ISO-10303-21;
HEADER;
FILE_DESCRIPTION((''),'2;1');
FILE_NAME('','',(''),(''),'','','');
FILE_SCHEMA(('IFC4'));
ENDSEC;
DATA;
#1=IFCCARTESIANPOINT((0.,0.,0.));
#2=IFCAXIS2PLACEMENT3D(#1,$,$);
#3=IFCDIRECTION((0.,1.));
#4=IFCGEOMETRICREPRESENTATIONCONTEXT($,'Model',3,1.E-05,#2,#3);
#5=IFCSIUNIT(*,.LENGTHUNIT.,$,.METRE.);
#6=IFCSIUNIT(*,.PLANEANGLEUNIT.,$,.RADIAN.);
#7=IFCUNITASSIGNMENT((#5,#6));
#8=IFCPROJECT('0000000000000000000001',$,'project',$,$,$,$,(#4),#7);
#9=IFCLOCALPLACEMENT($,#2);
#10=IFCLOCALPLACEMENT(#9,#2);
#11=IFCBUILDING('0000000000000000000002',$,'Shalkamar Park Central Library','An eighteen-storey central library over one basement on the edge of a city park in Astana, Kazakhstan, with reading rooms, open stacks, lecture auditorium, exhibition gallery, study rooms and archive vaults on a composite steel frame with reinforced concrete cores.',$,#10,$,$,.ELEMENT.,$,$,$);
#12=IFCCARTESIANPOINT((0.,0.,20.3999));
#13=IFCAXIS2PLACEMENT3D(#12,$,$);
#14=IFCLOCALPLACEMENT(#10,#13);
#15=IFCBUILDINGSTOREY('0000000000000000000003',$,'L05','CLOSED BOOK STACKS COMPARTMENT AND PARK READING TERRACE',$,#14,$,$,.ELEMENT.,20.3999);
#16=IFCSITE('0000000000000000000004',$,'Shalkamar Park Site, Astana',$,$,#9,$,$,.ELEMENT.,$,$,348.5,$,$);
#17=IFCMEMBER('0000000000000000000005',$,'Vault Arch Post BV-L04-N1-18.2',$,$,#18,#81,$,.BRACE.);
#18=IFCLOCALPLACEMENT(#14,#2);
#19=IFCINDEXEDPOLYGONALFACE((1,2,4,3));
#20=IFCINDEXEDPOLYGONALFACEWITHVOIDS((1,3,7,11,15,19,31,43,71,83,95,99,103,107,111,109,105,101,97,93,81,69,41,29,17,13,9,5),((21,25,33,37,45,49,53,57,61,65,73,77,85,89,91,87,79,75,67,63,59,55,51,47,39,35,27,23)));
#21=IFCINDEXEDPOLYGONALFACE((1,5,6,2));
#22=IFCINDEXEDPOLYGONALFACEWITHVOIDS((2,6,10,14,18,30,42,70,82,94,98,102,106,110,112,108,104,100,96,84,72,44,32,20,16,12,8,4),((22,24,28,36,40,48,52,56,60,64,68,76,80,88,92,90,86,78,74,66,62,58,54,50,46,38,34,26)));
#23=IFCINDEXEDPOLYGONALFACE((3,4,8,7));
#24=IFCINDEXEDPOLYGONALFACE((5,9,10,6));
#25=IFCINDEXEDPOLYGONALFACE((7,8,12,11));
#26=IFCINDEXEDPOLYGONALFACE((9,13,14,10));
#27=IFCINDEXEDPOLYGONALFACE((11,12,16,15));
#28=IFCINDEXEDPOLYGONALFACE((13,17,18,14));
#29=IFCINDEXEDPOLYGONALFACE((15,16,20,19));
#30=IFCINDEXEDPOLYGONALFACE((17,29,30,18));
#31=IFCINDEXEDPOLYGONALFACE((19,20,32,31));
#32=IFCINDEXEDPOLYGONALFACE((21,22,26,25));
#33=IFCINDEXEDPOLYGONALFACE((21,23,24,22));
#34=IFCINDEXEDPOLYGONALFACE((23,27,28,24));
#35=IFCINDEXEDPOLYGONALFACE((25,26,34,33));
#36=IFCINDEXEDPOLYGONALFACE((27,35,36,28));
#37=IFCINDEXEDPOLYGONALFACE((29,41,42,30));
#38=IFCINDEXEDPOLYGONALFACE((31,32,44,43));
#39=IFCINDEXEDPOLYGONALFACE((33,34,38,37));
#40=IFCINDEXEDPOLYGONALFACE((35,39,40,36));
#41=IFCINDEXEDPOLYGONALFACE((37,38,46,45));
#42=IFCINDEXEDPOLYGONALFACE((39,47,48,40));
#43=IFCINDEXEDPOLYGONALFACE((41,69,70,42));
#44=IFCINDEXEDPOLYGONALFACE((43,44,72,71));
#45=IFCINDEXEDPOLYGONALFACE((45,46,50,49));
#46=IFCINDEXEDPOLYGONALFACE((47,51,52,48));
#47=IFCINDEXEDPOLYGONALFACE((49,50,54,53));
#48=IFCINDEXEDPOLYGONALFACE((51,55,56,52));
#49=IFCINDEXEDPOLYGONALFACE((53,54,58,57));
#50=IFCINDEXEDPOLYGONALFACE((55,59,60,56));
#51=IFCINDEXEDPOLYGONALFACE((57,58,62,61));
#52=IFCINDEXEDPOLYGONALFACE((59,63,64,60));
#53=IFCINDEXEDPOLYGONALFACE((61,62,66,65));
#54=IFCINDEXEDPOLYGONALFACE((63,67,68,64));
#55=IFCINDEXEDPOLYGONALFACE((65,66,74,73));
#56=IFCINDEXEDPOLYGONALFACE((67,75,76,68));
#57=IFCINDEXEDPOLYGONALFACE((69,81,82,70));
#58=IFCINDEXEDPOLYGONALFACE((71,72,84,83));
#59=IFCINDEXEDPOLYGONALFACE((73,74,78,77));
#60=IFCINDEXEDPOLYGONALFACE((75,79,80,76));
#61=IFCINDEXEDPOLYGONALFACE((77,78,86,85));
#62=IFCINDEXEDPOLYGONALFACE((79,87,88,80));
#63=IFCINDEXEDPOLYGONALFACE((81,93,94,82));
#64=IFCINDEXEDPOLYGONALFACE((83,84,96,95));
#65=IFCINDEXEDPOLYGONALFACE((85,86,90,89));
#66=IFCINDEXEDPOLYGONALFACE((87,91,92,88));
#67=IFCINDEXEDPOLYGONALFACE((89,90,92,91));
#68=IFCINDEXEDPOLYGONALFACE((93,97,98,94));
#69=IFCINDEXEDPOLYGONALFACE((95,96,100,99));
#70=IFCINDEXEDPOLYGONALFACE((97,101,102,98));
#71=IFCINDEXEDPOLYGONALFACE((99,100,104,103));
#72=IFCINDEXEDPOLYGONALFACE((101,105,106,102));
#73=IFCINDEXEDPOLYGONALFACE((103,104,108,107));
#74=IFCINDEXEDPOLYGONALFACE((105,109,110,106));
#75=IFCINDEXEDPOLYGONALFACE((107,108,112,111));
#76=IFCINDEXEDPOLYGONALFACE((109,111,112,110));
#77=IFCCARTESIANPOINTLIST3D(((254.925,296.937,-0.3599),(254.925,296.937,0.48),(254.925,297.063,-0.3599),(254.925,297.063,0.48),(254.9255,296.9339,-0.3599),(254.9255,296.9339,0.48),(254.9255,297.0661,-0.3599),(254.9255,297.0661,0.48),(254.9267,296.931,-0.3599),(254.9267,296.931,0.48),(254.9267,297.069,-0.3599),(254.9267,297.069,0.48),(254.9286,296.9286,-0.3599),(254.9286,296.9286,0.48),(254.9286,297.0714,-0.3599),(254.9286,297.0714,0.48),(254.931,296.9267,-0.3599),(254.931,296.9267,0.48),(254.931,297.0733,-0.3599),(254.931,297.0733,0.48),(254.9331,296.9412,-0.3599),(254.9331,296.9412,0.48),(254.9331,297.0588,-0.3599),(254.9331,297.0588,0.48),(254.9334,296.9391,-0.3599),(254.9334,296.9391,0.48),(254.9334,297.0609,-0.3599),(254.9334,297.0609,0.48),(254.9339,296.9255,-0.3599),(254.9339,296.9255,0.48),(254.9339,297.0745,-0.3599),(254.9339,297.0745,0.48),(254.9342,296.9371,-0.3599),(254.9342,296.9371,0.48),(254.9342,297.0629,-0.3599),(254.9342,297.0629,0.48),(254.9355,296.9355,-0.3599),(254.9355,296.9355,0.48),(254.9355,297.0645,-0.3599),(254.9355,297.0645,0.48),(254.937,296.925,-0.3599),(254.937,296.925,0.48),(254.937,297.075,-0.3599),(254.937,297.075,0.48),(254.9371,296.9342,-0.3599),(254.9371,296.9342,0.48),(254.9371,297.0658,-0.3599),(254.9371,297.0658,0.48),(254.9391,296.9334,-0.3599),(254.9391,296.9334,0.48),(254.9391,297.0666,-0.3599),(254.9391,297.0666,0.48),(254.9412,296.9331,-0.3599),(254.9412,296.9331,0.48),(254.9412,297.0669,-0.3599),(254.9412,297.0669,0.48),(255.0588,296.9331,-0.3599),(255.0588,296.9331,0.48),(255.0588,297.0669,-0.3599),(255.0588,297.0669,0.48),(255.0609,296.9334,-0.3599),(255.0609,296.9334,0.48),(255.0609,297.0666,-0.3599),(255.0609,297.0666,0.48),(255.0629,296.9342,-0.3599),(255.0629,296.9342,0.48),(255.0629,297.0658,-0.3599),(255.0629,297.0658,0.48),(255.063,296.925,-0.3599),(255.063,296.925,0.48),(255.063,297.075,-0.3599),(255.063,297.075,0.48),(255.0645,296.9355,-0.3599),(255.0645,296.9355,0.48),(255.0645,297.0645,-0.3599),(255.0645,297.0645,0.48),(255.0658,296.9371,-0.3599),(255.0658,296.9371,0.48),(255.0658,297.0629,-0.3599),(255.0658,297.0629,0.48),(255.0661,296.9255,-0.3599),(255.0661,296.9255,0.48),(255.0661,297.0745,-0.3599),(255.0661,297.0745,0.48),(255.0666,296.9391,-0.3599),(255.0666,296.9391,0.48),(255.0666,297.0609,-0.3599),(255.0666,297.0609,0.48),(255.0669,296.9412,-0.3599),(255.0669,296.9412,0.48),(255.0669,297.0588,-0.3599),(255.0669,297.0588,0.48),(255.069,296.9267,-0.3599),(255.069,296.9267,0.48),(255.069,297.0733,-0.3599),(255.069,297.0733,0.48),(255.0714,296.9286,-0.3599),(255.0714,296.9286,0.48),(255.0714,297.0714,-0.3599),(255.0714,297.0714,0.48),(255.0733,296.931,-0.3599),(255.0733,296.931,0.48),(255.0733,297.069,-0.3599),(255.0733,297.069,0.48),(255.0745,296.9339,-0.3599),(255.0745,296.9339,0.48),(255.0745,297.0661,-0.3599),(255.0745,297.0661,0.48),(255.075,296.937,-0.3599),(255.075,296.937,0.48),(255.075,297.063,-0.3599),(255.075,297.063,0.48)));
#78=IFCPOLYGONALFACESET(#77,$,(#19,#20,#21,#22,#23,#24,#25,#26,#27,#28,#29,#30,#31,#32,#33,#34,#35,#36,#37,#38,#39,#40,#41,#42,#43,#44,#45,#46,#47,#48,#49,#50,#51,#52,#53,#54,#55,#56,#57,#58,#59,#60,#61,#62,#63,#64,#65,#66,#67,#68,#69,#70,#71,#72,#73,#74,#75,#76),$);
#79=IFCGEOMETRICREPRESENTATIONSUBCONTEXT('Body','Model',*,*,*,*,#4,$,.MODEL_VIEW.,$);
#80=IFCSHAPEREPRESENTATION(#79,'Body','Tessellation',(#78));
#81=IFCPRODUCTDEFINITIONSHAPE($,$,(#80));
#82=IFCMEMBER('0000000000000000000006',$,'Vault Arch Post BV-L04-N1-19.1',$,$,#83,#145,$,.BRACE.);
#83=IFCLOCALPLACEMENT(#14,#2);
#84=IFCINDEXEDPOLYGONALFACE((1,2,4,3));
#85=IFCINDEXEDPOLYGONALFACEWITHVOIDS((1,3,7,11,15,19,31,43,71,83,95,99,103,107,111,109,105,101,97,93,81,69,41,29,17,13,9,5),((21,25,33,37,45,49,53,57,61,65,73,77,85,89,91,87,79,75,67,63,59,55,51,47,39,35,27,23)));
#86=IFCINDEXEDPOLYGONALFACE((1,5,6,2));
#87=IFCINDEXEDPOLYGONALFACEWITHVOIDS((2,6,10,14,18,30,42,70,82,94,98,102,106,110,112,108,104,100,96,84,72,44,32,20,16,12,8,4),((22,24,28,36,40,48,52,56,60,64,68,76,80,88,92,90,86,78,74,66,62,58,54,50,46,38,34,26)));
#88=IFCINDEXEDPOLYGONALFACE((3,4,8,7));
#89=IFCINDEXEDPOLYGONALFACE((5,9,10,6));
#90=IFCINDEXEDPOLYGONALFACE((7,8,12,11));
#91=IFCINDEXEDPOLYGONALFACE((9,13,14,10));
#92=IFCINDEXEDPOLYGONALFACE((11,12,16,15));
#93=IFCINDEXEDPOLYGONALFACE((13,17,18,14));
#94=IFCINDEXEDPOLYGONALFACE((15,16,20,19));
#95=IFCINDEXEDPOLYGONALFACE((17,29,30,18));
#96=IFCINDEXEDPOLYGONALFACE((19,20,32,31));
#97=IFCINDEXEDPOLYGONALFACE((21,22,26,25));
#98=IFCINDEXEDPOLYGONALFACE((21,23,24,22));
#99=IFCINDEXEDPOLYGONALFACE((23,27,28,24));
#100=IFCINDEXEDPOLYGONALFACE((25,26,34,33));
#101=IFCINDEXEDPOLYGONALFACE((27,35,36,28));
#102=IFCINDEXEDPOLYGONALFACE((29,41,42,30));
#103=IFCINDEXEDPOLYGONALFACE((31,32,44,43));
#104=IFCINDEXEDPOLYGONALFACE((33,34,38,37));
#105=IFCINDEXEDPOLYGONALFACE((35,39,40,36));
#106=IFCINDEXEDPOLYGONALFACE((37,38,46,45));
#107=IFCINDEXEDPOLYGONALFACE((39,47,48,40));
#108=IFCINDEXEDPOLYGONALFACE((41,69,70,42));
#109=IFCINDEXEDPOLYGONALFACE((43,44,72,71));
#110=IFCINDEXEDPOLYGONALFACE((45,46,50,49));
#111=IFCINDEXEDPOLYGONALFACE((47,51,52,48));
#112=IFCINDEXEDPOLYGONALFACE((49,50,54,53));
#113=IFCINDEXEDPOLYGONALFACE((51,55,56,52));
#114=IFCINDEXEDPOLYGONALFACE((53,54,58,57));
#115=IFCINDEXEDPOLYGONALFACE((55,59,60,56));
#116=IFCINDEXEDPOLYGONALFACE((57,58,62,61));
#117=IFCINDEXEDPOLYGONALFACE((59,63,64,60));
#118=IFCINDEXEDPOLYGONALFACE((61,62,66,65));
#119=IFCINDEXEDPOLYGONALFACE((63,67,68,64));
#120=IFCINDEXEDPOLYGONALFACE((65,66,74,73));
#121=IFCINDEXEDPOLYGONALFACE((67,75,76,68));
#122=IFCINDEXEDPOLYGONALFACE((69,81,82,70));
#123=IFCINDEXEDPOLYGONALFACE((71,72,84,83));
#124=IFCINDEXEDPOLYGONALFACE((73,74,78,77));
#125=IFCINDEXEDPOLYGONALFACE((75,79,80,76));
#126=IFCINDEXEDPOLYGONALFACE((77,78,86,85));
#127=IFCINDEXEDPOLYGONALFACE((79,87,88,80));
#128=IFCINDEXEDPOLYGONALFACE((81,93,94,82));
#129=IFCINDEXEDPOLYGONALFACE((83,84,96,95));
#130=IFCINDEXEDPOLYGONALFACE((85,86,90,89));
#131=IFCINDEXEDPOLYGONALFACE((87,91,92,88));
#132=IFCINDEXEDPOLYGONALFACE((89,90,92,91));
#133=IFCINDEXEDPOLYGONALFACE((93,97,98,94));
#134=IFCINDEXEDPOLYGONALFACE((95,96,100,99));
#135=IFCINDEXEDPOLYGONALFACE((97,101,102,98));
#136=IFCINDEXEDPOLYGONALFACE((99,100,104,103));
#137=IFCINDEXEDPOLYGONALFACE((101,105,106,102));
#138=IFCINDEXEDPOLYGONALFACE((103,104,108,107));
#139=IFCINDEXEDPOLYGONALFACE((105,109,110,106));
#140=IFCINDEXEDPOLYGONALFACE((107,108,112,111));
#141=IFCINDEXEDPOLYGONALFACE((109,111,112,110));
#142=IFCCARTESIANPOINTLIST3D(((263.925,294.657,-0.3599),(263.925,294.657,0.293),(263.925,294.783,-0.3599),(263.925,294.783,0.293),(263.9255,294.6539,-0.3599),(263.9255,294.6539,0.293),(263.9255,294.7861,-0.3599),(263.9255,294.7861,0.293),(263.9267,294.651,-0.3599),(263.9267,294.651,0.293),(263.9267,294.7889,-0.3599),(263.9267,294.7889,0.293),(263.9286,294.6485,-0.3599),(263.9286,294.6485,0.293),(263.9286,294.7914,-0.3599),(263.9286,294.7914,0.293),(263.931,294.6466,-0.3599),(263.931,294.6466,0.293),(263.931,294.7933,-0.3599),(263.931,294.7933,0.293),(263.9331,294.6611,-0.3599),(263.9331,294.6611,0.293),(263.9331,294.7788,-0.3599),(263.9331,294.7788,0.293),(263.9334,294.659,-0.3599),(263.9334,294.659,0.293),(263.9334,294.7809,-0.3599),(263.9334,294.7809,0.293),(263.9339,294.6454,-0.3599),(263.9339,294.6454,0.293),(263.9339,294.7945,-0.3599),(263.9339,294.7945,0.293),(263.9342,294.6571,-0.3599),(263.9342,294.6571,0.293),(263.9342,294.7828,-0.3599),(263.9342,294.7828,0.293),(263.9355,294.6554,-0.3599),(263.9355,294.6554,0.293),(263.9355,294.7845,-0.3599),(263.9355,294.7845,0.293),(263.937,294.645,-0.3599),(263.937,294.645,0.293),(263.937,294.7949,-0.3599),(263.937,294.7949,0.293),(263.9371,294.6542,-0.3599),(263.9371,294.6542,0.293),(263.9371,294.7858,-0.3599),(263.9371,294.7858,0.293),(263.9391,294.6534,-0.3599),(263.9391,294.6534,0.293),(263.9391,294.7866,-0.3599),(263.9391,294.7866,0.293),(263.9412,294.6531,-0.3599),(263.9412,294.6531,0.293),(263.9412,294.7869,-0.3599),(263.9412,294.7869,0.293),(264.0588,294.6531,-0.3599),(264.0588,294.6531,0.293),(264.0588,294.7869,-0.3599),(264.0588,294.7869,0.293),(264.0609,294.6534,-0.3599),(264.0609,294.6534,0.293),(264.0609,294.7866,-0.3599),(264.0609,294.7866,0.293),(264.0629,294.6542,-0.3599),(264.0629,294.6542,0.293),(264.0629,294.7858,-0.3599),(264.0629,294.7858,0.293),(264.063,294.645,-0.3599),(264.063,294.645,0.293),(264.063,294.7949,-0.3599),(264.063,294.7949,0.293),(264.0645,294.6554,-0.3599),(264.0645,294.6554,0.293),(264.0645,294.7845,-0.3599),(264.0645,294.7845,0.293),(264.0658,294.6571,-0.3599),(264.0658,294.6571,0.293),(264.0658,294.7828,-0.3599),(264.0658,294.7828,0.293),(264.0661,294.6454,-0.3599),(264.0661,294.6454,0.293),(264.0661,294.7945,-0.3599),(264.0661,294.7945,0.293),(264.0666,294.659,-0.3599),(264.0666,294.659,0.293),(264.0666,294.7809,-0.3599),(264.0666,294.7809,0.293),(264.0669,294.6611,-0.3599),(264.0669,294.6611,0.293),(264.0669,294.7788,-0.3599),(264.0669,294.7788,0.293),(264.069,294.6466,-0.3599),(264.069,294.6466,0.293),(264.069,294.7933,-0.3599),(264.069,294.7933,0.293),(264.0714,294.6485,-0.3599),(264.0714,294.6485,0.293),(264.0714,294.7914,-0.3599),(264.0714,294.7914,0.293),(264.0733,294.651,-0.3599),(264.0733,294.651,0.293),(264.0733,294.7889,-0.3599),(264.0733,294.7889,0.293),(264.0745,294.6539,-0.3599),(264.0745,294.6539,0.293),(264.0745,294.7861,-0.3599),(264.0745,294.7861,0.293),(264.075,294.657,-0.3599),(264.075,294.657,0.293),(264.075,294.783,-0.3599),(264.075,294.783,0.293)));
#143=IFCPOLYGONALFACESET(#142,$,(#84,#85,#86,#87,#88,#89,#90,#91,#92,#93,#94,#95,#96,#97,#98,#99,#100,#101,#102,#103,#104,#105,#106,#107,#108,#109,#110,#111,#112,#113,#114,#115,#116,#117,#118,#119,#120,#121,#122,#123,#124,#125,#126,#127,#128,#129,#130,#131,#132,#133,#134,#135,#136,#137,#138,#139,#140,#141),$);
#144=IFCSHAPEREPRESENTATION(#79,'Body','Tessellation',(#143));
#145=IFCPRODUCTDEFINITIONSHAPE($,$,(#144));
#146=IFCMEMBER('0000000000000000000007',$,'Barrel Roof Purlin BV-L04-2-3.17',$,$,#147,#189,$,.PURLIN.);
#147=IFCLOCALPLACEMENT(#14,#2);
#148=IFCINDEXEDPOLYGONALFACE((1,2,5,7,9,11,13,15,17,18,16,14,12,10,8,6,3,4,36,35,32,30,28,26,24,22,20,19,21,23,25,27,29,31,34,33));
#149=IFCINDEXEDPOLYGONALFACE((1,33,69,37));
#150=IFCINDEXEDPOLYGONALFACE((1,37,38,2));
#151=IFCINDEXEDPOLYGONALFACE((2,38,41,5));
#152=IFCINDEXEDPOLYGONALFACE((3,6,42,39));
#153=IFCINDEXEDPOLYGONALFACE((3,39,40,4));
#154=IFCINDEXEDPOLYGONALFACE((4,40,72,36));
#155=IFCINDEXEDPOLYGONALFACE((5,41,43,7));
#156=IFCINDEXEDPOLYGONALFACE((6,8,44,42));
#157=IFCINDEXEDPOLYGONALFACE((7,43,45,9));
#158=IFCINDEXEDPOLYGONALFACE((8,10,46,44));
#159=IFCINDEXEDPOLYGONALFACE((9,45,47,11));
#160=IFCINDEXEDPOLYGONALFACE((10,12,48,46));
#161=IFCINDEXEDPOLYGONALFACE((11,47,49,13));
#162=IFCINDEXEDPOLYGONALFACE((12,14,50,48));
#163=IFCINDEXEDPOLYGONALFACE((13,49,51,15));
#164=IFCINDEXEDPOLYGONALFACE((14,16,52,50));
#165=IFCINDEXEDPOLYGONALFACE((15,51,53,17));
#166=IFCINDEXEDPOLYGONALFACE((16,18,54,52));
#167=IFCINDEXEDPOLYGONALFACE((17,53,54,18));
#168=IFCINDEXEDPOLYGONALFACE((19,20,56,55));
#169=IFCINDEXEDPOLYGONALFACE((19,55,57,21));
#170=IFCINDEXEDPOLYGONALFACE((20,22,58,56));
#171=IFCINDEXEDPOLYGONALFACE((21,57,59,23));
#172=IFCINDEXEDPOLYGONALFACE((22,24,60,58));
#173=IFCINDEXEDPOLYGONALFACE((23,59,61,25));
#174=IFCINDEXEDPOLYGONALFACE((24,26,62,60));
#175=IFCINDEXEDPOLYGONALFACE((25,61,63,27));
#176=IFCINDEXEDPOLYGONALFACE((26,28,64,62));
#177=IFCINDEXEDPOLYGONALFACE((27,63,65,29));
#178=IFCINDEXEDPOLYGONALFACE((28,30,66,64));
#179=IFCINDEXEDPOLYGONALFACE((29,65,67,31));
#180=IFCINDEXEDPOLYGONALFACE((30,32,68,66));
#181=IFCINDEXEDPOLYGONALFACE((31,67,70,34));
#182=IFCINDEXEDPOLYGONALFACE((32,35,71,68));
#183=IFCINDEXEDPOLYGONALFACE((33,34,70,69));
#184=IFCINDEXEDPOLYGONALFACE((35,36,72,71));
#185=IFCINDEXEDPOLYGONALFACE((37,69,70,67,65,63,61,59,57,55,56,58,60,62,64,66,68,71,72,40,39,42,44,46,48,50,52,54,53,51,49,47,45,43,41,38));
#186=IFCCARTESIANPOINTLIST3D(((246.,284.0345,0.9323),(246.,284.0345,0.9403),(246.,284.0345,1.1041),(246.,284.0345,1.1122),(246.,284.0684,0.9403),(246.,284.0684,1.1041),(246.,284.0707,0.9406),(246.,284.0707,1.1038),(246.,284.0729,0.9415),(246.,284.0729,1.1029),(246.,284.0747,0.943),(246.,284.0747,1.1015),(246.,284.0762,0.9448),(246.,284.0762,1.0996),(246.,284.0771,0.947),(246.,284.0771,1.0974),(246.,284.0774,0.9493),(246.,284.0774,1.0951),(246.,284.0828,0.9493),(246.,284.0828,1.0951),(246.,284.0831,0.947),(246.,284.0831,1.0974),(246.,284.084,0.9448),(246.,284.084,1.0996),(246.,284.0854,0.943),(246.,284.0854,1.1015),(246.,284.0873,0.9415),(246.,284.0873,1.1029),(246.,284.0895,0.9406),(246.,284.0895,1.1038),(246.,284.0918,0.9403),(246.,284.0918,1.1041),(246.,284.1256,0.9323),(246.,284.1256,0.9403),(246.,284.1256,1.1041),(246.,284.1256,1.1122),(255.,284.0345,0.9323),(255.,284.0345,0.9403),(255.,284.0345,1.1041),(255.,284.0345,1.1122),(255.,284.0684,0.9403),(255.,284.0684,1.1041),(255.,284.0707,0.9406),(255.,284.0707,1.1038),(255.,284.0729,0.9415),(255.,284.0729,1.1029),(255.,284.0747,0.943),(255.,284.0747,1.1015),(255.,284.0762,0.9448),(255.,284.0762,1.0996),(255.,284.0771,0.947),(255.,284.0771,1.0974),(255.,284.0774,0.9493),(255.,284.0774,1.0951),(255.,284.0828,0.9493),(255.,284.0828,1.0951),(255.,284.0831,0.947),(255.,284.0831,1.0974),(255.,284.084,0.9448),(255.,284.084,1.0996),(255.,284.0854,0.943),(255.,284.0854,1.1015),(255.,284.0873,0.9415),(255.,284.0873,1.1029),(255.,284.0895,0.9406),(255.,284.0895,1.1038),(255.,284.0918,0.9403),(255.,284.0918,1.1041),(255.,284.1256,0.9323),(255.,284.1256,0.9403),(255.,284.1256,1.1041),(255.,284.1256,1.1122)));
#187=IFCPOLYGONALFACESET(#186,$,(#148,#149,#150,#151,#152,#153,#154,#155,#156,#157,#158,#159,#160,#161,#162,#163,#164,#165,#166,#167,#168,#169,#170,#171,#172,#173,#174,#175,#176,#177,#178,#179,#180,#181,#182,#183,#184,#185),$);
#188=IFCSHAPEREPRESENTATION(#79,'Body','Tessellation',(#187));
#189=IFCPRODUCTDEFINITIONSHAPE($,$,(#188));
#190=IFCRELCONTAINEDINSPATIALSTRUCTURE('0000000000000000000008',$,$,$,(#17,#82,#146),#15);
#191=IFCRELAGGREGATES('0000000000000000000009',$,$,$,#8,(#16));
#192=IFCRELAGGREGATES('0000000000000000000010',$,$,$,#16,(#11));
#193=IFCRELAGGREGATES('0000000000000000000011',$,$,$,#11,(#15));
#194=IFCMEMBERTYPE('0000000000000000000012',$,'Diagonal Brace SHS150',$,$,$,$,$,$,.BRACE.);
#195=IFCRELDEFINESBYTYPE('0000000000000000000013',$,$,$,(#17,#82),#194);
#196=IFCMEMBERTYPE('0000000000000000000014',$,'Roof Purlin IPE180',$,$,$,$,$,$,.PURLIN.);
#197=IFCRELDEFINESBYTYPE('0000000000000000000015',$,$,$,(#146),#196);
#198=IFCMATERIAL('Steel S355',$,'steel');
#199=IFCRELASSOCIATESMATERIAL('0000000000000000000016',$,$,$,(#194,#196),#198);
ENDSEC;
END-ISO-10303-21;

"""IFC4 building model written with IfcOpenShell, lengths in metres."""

from ifc_helpers import new_model, si_unit, direction, frame, origin, origin_2d, place, context, subcontext, project, spatial, hollow_rectangle, i_section, extrude, material, material_profile, profile_set, type_object, element, save


model = new_model("IFC4")

# Units and contexts
model_context = context("Model", 3, precision=1e-05, world=origin(), true_north=direction((0.0, 1.0)))
body_context = subcontext(model_context, "Body", "Model", "MODEL_VIEW")
ifc_project = project(units=[si_unit("LENGTHUNIT", "METRE"), si_unit("PLANEANGLEUNIT", "RADIAN")], contexts=[model_context])

# Site, building, storey
site_placement = place(None, origin())
site = spatial("IfcSite", under=ifc_project, at=site_placement, Name="Shalkamar Park Site, Astana", CompositionType="ELEMENT", RefElevation=348.5)
building_placement = place(site_placement, origin())
building = spatial("IfcBuilding", under=site, at=building_placement, Name="Shalkamar Park Central Library", Description="An eighteen-storey central library over one basement on the edge of a city park in Astana, Kazakhstan, with reading rooms, open stacks, lecture auditorium, exhibition gallery, study rooms and archive vaults on a composite steel frame with reinforced concrete cores.", CompositionType="ELEMENT")
storey_placement = place(building_placement, frame((0.0, 0.0, 20.3999)))
storey = spatial("IfcBuildingStorey", under=building, at=storey_placement, Name="L05", Description="CLOSED BOOK STACKS COMPARTMENT AND PARK READING TERRACE", CompositionType="ELEMENT", Elevation=20.3999)

# Members
ifc_material = material(Name="Steel S355", Category="steel")
ifc_material_profile_1 = material_profile(ifc_material, hollow_rectangle(XDim=0.1499, YDim=0.1499, WallThickness=0.0081, InnerFilletRadius=0.0081, OuterFilletRadius=0.012, at=origin_2d()), Name="SHS 150x150x8")
ifc_profile_set_1 = profile_set([ifc_material_profile_1], Name="Steel S355")
member_type_1 = type_object("IfcMemberType", Name="Diagonal Brace SHS150", PredefinedType="BRACE", material=ifc_profile_set_1)
member_1_placement = place(storey_placement, frame((255.0, 297.0, -0.3599), z_axis=(0.0, 0.0, 1.0), x_axis=(1.0, 0.0, 0.0)))
element("IfcMember", 1, at=member_1_placement, inside=storey, type_object=member_type_1, Name="Vault Arch Post BV-L04-N1-18.2", PredefinedType="BRACE", context=body_context, shape_type="SweptSolid", body=[
    extrude(hollow_rectangle(XDim=0.1499, YDim=0.1499, WallThickness=0.0081, InnerFilletRadius=0.0081, OuterFilletRadius=0.012, at=origin_2d()), origin(), (0.0, 0.0, 1.0), 0.8398),
])
member_2_placement = place(storey_placement, frame((264.0, 294.72, -0.3599), z_axis=(0.0, 0.0, 1.0), x_axis=(1.0, 0.0, 0.0)))
element("IfcMember", 2, at=member_2_placement, inside=storey, type_object=member_type_1, Name="Vault Arch Post BV-L04-N1-19.1", PredefinedType="BRACE", context=body_context, shape_type="SweptSolid", body=[
    extrude(hollow_rectangle(XDim=0.1499, YDim=0.1499, WallThickness=0.0081, InnerFilletRadius=0.0081, OuterFilletRadius=0.012, at=origin_2d()), origin(), (0.0, 0.0, 1.0), 0.6528),
])
ifc_material_profile_2 = material_profile(ifc_material, i_section(OverallWidth=0.0911, OverallDepth=0.1799, WebThickness=0.0054, FlangeThickness=0.0081, FilletRadius=0.009, at=origin_2d()), Name="IPE 180")
ifc_profile_set_2 = profile_set([ifc_material_profile_2], Name="Steel S355")
member_type_2 = type_object("IfcMemberType", Name="Roof Purlin IPE180", PredefinedType="PURLIN", material=ifc_profile_set_2)
for number, where, z_axis, x_axis, name in (
    (3, (246.0, 284.0801, 1.0222), (1.0, 0.0, 0.0), (0.0, 1.0, 0.0), "Barrel Roof Purlin BV-L04-2-3.17"),
):
    element("IfcMember", number, at=place(storey_placement, frame(where, z_axis=z_axis, x_axis=x_axis)), inside=storey, type_object=member_type_2, Name=name, PredefinedType="PURLIN", context=body_context, shape_type="SweptSolid", body=[
        extrude(i_section(OverallWidth=0.0911, OverallDepth=0.1799, WebThickness=0.0054, FlangeThickness=0.0081, FilletRadius=0.009, at=origin_2d()), origin(), (0.0, 0.0, 1.0), 9.0),
    ])

save(model, "model.ifc")
